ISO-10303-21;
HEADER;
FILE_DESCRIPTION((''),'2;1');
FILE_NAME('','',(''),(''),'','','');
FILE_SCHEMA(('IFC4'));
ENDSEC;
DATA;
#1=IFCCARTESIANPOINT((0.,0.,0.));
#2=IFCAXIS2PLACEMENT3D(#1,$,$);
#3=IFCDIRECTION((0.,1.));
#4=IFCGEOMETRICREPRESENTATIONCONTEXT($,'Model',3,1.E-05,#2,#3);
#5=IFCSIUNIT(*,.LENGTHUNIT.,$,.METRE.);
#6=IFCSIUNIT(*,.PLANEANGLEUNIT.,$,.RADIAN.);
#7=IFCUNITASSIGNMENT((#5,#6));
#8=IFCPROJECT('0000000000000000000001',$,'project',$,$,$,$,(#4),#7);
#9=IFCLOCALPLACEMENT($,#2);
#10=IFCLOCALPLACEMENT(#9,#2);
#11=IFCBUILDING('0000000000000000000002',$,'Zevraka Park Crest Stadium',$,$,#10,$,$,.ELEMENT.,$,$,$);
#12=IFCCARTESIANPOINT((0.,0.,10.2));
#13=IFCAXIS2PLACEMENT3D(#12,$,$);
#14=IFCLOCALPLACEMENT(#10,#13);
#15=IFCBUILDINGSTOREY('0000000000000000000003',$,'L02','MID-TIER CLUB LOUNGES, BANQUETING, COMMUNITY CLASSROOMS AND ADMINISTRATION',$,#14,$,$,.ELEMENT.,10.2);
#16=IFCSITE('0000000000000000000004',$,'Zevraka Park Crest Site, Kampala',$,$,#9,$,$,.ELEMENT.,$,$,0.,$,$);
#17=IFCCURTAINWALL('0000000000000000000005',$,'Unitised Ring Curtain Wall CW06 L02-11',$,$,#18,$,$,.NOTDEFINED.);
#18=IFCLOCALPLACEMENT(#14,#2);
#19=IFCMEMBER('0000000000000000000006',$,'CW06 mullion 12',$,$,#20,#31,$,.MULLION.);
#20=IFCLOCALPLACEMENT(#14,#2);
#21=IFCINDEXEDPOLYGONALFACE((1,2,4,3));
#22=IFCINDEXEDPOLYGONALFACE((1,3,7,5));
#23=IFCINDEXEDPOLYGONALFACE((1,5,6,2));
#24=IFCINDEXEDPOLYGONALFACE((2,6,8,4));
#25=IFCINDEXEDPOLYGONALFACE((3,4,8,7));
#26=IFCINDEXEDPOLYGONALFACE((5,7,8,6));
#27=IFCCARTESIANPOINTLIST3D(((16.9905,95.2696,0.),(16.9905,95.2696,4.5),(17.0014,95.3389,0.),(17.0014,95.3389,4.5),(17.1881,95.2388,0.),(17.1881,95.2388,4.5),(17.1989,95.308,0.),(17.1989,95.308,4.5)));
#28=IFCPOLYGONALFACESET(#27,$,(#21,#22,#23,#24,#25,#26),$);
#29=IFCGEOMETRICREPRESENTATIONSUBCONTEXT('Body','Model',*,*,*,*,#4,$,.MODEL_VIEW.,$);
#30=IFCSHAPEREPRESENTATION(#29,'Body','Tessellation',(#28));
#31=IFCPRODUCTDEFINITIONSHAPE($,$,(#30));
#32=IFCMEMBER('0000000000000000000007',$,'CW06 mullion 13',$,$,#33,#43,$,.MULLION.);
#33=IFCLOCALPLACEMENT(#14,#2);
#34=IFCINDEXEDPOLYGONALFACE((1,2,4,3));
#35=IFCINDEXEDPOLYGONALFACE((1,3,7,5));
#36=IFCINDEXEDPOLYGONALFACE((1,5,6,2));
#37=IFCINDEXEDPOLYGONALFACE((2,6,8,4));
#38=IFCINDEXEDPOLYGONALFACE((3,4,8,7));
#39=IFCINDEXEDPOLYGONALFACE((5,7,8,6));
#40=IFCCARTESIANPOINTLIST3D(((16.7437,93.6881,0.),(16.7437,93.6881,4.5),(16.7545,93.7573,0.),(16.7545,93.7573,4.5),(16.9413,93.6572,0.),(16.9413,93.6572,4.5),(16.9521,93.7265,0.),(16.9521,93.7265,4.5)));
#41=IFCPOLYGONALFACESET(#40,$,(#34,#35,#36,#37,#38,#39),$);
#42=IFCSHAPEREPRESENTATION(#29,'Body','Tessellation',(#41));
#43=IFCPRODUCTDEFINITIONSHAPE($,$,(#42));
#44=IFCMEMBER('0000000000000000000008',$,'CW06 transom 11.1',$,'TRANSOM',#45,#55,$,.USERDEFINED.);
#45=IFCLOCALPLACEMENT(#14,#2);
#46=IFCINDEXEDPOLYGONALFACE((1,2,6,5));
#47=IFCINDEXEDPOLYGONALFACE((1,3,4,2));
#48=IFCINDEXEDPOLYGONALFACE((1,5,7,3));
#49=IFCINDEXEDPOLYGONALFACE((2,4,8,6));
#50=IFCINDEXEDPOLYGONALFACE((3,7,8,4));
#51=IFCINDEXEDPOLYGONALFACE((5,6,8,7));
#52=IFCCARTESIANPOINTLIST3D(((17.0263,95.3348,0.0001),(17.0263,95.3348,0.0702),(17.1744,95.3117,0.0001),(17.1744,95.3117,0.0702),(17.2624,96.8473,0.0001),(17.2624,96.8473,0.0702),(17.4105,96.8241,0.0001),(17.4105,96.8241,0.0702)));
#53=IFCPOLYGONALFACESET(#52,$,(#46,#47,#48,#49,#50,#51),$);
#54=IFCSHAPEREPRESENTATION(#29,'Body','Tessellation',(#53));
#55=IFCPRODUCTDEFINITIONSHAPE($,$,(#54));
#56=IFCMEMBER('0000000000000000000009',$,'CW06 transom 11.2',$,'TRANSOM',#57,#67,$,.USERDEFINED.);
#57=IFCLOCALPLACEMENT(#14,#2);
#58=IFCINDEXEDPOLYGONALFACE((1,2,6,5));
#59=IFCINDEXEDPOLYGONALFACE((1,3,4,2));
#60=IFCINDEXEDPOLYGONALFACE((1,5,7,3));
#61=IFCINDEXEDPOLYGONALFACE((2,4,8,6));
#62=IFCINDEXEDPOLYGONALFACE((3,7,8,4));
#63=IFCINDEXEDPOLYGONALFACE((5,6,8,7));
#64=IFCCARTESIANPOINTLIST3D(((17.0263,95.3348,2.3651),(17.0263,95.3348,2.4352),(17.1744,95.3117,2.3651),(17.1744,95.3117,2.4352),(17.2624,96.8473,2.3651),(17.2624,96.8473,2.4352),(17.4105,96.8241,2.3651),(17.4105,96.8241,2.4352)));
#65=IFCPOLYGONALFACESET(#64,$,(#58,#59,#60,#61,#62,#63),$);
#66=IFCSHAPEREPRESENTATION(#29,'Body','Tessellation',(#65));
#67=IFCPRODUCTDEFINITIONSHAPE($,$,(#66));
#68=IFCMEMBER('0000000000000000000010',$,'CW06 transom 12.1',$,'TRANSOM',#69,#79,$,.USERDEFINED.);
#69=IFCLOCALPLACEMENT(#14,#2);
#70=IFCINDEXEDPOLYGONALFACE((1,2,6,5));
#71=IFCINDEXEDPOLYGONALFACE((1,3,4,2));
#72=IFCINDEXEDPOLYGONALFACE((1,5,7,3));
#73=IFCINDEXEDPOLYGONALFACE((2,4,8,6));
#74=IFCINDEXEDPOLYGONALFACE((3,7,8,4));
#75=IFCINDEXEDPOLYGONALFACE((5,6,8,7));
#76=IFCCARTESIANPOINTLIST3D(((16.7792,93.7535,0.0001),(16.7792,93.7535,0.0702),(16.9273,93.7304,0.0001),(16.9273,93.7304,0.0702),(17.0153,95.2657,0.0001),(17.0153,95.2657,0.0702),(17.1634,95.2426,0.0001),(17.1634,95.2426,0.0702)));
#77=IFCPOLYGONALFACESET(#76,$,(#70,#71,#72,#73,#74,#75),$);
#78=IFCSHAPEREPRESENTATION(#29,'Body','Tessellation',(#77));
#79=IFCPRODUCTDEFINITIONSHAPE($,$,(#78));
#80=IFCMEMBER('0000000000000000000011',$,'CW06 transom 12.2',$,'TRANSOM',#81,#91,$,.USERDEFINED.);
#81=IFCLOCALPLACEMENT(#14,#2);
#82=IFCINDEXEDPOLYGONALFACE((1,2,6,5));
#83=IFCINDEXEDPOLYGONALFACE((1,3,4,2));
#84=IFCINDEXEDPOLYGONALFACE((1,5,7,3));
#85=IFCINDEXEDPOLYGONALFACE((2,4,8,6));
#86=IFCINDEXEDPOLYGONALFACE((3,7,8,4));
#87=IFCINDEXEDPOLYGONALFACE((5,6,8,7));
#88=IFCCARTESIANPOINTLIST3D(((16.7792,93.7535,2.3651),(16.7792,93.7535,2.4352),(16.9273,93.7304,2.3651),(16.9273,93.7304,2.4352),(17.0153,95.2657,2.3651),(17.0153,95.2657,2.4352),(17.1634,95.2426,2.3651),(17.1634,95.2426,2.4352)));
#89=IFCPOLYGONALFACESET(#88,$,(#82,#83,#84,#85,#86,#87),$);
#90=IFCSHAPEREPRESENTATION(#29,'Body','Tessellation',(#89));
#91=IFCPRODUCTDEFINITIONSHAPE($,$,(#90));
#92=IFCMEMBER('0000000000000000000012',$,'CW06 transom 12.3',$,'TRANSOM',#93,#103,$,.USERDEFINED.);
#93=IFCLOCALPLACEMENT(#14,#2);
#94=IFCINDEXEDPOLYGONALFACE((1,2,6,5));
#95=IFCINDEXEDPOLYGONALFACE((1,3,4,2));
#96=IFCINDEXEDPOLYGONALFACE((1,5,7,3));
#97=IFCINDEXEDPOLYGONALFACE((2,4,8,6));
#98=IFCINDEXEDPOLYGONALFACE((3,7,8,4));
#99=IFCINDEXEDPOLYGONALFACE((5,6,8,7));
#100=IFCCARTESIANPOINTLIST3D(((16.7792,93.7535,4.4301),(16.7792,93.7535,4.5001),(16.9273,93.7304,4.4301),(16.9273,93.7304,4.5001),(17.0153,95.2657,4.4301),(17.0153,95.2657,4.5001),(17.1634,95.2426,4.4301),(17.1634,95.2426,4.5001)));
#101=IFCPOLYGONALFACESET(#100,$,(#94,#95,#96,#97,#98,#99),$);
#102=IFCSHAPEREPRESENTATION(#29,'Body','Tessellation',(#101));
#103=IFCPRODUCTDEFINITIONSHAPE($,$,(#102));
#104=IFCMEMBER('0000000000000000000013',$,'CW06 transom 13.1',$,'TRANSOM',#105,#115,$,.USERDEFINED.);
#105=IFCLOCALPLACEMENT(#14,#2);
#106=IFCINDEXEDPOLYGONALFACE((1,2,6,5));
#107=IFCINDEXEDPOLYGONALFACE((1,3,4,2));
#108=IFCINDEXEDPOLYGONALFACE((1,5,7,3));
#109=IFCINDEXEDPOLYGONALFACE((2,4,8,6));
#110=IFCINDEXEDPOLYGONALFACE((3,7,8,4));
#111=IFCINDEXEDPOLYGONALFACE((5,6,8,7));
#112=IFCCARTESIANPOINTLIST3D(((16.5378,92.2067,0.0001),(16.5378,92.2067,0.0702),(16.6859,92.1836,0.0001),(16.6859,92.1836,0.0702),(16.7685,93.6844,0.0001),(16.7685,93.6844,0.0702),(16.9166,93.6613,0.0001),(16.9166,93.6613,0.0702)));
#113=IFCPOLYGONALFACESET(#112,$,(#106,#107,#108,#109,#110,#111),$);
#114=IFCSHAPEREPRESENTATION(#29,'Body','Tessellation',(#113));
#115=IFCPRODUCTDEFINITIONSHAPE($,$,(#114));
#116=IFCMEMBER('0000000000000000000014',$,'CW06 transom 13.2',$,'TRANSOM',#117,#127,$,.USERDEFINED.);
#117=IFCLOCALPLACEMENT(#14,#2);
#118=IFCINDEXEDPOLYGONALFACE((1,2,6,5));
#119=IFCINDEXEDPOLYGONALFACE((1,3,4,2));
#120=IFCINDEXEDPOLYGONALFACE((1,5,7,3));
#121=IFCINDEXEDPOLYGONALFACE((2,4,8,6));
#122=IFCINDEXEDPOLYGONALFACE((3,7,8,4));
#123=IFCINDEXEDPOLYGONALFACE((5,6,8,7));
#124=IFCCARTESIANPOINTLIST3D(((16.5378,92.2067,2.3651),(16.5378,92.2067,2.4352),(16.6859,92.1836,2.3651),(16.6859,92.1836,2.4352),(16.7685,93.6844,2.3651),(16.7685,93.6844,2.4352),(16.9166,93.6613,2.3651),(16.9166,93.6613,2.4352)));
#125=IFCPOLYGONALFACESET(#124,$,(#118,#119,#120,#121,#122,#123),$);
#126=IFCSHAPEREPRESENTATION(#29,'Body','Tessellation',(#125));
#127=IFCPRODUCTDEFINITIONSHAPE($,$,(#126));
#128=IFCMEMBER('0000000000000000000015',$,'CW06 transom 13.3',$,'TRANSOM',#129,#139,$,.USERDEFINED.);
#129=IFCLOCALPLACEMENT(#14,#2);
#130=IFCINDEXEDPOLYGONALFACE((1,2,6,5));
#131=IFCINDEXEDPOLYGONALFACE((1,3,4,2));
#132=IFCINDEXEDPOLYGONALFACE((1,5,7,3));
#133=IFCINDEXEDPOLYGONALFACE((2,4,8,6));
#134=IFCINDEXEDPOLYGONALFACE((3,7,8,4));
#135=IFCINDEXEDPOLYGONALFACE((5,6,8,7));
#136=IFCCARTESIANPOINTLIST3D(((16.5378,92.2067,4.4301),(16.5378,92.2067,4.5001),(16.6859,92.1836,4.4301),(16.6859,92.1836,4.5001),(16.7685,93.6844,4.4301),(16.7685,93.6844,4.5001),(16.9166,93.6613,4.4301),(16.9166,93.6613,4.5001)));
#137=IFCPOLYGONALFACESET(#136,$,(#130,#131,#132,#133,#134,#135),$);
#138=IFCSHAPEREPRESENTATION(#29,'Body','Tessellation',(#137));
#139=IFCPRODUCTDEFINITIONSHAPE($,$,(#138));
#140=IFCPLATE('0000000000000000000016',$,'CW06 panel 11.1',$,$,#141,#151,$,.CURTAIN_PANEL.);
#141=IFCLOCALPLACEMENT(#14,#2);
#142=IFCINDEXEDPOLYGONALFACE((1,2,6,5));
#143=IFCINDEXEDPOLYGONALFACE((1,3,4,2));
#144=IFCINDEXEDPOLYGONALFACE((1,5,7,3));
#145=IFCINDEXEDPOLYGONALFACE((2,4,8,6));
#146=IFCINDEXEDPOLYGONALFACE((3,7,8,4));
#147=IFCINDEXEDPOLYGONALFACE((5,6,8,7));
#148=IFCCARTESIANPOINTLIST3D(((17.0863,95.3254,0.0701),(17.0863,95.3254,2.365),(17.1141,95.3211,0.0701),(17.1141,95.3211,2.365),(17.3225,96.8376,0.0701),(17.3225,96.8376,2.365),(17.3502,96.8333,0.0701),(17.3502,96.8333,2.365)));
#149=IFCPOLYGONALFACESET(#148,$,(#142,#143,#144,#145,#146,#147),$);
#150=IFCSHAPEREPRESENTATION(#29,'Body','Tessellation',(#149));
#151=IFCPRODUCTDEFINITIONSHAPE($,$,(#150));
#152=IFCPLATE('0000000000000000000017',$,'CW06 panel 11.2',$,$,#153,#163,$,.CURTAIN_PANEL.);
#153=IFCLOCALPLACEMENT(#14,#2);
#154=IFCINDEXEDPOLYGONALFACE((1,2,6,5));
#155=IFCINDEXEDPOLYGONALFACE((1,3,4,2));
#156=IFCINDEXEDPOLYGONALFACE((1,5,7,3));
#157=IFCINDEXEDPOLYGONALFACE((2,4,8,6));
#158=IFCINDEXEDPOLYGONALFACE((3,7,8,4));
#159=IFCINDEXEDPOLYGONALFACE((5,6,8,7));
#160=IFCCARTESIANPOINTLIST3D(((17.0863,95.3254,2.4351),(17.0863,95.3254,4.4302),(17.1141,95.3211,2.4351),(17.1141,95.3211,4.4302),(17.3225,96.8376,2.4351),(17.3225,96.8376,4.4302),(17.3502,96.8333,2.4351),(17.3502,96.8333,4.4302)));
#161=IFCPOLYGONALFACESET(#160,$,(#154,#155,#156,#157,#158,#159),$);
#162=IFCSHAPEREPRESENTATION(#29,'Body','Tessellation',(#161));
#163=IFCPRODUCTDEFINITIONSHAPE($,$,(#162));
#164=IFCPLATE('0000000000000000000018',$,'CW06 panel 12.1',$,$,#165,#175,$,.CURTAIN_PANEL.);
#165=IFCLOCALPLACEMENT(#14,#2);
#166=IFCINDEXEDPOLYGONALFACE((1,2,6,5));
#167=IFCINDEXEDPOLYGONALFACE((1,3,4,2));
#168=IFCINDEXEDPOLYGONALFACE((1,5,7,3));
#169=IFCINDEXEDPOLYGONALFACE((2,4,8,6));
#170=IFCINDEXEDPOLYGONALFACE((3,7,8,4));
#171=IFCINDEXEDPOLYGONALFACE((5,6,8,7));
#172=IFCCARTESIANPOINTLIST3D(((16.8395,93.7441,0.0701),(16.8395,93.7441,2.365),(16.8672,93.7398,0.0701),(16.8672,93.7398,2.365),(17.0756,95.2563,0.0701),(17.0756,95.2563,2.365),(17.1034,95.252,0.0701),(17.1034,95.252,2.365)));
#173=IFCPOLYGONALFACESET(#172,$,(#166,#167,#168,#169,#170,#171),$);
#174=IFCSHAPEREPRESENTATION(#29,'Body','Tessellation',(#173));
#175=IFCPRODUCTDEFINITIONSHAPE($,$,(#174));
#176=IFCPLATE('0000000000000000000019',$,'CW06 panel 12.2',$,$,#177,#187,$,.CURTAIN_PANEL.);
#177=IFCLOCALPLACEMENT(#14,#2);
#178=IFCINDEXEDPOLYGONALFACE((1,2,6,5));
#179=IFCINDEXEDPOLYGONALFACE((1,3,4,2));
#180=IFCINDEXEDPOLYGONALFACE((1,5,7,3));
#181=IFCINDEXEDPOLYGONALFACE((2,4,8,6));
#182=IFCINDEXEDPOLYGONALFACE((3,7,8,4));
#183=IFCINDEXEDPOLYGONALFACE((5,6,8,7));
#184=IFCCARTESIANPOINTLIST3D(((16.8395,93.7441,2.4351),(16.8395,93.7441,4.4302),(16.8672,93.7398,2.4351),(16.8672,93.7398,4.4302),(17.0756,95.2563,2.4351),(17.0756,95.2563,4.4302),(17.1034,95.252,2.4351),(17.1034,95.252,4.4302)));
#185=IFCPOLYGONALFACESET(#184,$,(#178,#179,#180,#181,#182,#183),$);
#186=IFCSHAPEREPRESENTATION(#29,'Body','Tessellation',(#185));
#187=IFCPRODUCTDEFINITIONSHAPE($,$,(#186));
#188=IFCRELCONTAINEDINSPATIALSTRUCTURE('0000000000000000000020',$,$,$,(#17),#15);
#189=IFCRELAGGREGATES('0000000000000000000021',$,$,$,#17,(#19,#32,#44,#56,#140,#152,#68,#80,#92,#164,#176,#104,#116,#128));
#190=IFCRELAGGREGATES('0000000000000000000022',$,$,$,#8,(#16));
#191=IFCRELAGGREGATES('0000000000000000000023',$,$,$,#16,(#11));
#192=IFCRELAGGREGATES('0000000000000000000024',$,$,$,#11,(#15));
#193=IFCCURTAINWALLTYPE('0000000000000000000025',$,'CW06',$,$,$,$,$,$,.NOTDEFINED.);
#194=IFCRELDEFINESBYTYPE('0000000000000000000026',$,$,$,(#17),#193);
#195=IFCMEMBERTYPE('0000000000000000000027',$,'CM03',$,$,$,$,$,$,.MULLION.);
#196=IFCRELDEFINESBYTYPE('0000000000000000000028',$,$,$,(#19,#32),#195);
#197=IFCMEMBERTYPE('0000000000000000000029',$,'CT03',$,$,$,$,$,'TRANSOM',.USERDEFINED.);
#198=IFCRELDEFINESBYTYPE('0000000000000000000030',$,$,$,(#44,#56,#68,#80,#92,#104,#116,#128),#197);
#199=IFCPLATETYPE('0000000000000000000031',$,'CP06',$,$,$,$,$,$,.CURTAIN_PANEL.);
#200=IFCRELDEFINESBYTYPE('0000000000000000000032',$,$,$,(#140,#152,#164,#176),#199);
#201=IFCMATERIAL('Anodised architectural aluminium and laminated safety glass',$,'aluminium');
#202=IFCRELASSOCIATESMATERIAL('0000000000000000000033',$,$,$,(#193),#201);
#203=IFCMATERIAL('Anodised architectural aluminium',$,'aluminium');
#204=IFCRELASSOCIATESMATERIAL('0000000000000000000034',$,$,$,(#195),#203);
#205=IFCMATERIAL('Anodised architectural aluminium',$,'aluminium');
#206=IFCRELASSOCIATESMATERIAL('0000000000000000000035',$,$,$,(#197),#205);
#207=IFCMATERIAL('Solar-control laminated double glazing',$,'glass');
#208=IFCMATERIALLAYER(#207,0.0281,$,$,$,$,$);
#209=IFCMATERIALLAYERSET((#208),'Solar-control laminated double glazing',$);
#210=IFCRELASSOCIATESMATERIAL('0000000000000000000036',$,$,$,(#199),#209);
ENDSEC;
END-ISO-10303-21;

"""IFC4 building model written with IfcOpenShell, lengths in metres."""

from ifc_helpers import new_model, si_unit, direction, frame, origin, origin_2d, place, context, subcontext, project, spatial, rectangle, extrude, material, layer, layer_set, material_profile, profile_set, type_object, element, aggregate, save


model = new_model("IFC4")

# Units and contexts
model_context = context("Model", 3, precision=1e-05, world=origin(), true_north=direction((0.0, 1.0)))
body_context = subcontext(model_context, "Body", "Model", "MODEL_VIEW")
ifc_project = project(units=[si_unit("LENGTHUNIT", "METRE"), si_unit("PLANEANGLEUNIT", "RADIAN")], contexts=[model_context])

# Site, building, storey
site_placement = place(None, origin())
site = spatial("IfcSite", under=ifc_project, at=site_placement, Name="Zevraka Park Crest Site, Kampala", CompositionType="ELEMENT", RefElevation=0.0)
building_placement = place(site_placement, origin())
building = spatial("IfcBuilding", under=site, at=building_placement, Name="Zevraka Park Crest Stadium", CompositionType="ELEMENT")
storey_placement = place(building_placement, frame((0.0, 0.0, 10.2)))
storey = spatial("IfcBuildingStorey", under=building, at=storey_placement, Name="L02", Description="MID-TIER CLUB LOUNGES, BANQUETING, COMMUNITY CLASSROOMS AND ADMINISTRATION", CompositionType="ELEMENT", Elevation=10.2)

# Curtain wall, members, plates
ifc_material_1 = material(Name="Anodised architectural aluminium and laminated safety glass", Category="aluminium")
curtain_wall_type = type_object("IfcCurtainWallType", Name="CW06", PredefinedType="NOTDEFINED", material=ifc_material_1)
curtain_wall_placement = place(storey_placement, origin())
curtain_wall = element("IfcCurtainWall", 1, at=curtain_wall_placement, inside=storey, type_object=curtain_wall_type, Name="Unitised Ring Curtain Wall CW06 L02-11", PredefinedType="NOTDEFINED")
ifc_material_2 = material(Name="Anodised architectural aluminium", Category="aluminium")
ifc_material_profile_1 = material_profile(ifc_material_2, rectangle(XDim=0.2, YDim=0.0701, at=origin_2d()), Name="ALU MULLION 200x70")
ifc_profile_set_1 = profile_set([ifc_material_profile_1], Name="Anodised architectural aluminium")
member_type_1 = type_object("IfcMemberType", Name="CM03", PredefinedType="MULLION", material=ifc_profile_set_1)
member_1_placement = place(storey_placement, frame((17.0947, 95.2888, 0.0), z_axis=(0.0, 0.0, 1.0), x_axis=(0.988028, -0.154274, 0.0)))
member_1 = element("IfcMember", 2, at=member_1_placement, type_object=member_type_1, Name="CW06 mullion 12", PredefinedType="MULLION", context=body_context, shape_type="SweptSolid", body=[
    extrude(rectangle(XDim=0.2, YDim=0.0701, at=origin_2d()), origin(), (0.0, 0.0, 1.0), 4.5),
])
member_2_placement = place(storey_placement, frame((16.8479, 93.7073, 0.0), z_axis=(0.0, 0.0, 1.0), x_axis=(0.988028, -0.154274, 0.0)))
member_2 = element("IfcMember", 3, at=member_2_placement, type_object=member_type_1, Name="CW06 mullion 13", PredefinedType="MULLION", context=body_context, shape_type="SweptSolid", body=[
    extrude(rectangle(XDim=0.2, YDim=0.0701, at=origin_2d()), origin(), (0.0, 0.0, 1.0), 4.5),
])
ifc_material_3 = material(Name="Anodised architectural aluminium", Category="aluminium")
ifc_material_profile_2 = material_profile(ifc_material_3, rectangle(XDim=0.1499, YDim=0.0701, at=origin_2d()), Name="ALU TRANSOM 150x70")
ifc_profile_set_2 = profile_set([ifc_material_profile_2], Name="Anodised architectural aluminium")
member_type_2 = type_object("IfcMemberType", Name="CT03", ElementType="TRANSOM", PredefinedType="USERDEFINED", material=ifc_profile_set_2)
member_3_placement = place(storey_placement, frame((17.3364, 96.8357, 0.0352), z_axis=(-0.154226, -0.988036, 0.0), x_axis=(0.988036, -0.154226, 0.0)))
member_3 = element("IfcMember", 4, at=member_3_placement, type_object=member_type_2, Name="CW06 transom 11.1", ObjectType="TRANSOM", PredefinedType="USERDEFINED", context=body_context, shape_type="SweptSolid", body=[
    extrude(rectangle(XDim=0.1499, YDim=0.0701, at=origin_2d()), origin(), (0.0, 0.0, 1.0), 1.5308),
])
member_4_placement = place(storey_placement, frame((17.3364, 96.8357, 2.4001), z_axis=(-0.154226, -0.988036, 0.0), x_axis=(0.988036, -0.154226, 0.0)))
member_4 = element("IfcMember", 5, at=member_4_placement, type_object=member_type_2, Name="CW06 transom 11.2", ObjectType="TRANSOM", PredefinedType="USERDEFINED", context=body_context, shape_type="SweptSolid", body=[
    extrude(rectangle(XDim=0.1499, YDim=0.0701, at=origin_2d()), origin(), (0.0, 0.0, 1.0), 1.5308),
])
member_5_placement = place(storey_placement, frame((17.0894, 95.2542, 0.0352), z_axis=(-0.15425, -0.988032, 0.0), x_axis=(0.988032, -0.15425, 0.0)))
member_5 = element("IfcMember", 6, at=member_5_placement, type_object=member_type_2, Name="CW06 transom 12.1", ObjectType="TRANSOM", PredefinedType="USERDEFINED", context=body_context, shape_type="SweptSolid", body=[
    extrude(rectangle(XDim=0.1499, YDim=0.0701, at=origin_2d()), origin(), (0.0, 0.0, 1.0), 1.5305),
])
member_6_placement = place(storey_placement, frame((17.0894, 95.2542, 2.4001), z_axis=(-0.15425, -0.988032, 0.0), x_axis=(0.988032, -0.15425, 0.0)))
member_6 = element("IfcMember", 7, at=member_6_placement, type_object=member_type_2, Name="CW06 transom 12.2", ObjectType="TRANSOM", PredefinedType="USERDEFINED", context=body_context, shape_type="SweptSolid", body=[
    extrude(rectangle(XDim=0.1499, YDim=0.0701, at=origin_2d()), origin(), (0.0, 0.0, 1.0), 1.5305),
])
member_7_placement = place(storey_placement, frame((17.0894, 95.2542, 4.4651), z_axis=(-0.15425, -0.988032, 0.0), x_axis=(0.988032, -0.15425, 0.0)))
member_7 = element("IfcMember", 8, at=member_7_placement, type_object=member_type_2, Name="CW06 transom 12.3", ObjectType="TRANSOM", PredefinedType="USERDEFINED", context=body_context, shape_type="SweptSolid", body=[
    extrude(rectangle(XDim=0.1499, YDim=0.0701, at=origin_2d()), origin(), (0.0, 0.0, 1.0), 1.5305),
])
member_8_placement = place(storey_placement, frame((16.8425, 93.6729, 0.0352), z_axis=(-0.154252, -0.988031, 0.0), x_axis=(0.988031, -0.154252, 0.0)))
member_8 = element("IfcMember", 9, at=member_8_placement, type_object=member_type_2, Name="CW06 transom 13.1", ObjectType="TRANSOM", PredefinedType="USERDEFINED", context=body_context, shape_type="SweptSolid", body=[
    extrude(rectangle(XDim=0.1499, YDim=0.0701, at=origin_2d()), origin(), (0.0, 0.0, 1.0), 1.4956),
])
member_9_placement = place(storey_placement, frame((16.8425, 93.6729, 2.4001), z_axis=(-0.154252, -0.988031, 0.0), x_axis=(0.988031, -0.154252, 0.0)))
member_9 = element("IfcMember", 10, at=member_9_placement, type_object=member_type_2, Name="CW06 transom 13.2", ObjectType="TRANSOM", PredefinedType="USERDEFINED", context=body_context, shape_type="SweptSolid", body=[
    extrude(rectangle(XDim=0.1499, YDim=0.0701, at=origin_2d()), origin(), (0.0, 0.0, 1.0), 1.4956),
])
member_10_placement = place(storey_placement, frame((16.8425, 93.6729, 4.4651), z_axis=(-0.154252, -0.988031, 0.0), x_axis=(0.988031, -0.154252, 0.0)))
member_10 = element("IfcMember", 11, at=member_10_placement, type_object=member_type_2, Name="CW06 transom 13.3", ObjectType="TRANSOM", PredefinedType="USERDEFINED", context=body_context, shape_type="SweptSolid", body=[
    extrude(rectangle(XDim=0.1499, YDim=0.0701, at=origin_2d()), origin(), (0.0, 0.0, 1.0), 1.4956),
])
ifc_material_4 = material(Name="Solar-control laminated double glazing", Category="glass")
ifc_layer_1 = layer(ifc_material_4, 0.0281)
ifc_layer_set_1 = layer_set([ifc_layer_1], Name="Solar-control laminated double glazing")
plate_type = type_object("IfcPlateType", Name="CP06", PredefinedType="CURTAIN_PANEL", material=ifc_layer_set_1)
plate_1_placement = place(storey_placement, frame((17.2183, 96.0793, 0.0701), z_axis=(0.0, 0.0, 1.0), x_axis=(-0.154274, -0.988028, 0.0)))
plate_1 = element("IfcPlate", 12, at=plate_1_placement, type_object=plate_type, Name="CW06 panel 11.1", PredefinedType="CURTAIN_PANEL", context=body_context, shape_type="SweptSolid", body=[
    extrude(rectangle(XDim=1.5305, YDim=0.0281, at=origin_2d()), origin(), (0.0, 0.0, 1.0), 2.2949),
])
plate_2_placement = place(storey_placement, frame((17.2183, 96.0793, 2.4351), z_axis=(0.0, 0.0, 1.0), x_axis=(-0.154274, -0.988028, 0.0)))
plate_2 = element("IfcPlate", 13, at=plate_2_placement, type_object=plate_type, Name="CW06 panel 11.2", PredefinedType="CURTAIN_PANEL", context=body_context, shape_type="SweptSolid", body=[
    extrude(rectangle(XDim=1.5305, YDim=0.0281, at=origin_2d()), origin(), (0.0, 0.0, 1.0), 1.9951),
])
plate_3_placement = place(storey_placement, frame((16.9714, 94.498, 0.0701), z_axis=(0.0, 0.0, 1.0), x_axis=(-0.154274, -0.988028, 0.0)))
plate_3 = element("IfcPlate", 14, at=plate_3_placement, type_object=plate_type, Name="CW06 panel 12.1", PredefinedType="CURTAIN_PANEL", context=body_context, shape_type="SweptSolid", body=[
    extrude(rectangle(XDim=1.5305, YDim=0.0281, at=origin_2d()), origin(), (0.0, 0.0, 1.0), 2.2949),
])
plate_4_placement = place(storey_placement, frame((16.9714, 94.498, 2.4351), z_axis=(0.0, 0.0, 1.0), x_axis=(-0.154274, -0.988028, 0.0)))
plate_4 = element("IfcPlate", 15, at=plate_4_placement, type_object=plate_type, Name="CW06 panel 12.2", PredefinedType="CURTAIN_PANEL", context=body_context, shape_type="SweptSolid", body=[
    extrude(rectangle(XDim=1.5305, YDim=0.0281, at=origin_2d()), origin(), (0.0, 0.0, 1.0), 1.9951),
])
aggregate(curtain_wall, [member_1, member_2, member_3, member_4, plate_1, plate_2, member_5, member_6, member_7, plate_3, plate_4, member_8, member_9, member_10])

save(model, "model.ifc")
